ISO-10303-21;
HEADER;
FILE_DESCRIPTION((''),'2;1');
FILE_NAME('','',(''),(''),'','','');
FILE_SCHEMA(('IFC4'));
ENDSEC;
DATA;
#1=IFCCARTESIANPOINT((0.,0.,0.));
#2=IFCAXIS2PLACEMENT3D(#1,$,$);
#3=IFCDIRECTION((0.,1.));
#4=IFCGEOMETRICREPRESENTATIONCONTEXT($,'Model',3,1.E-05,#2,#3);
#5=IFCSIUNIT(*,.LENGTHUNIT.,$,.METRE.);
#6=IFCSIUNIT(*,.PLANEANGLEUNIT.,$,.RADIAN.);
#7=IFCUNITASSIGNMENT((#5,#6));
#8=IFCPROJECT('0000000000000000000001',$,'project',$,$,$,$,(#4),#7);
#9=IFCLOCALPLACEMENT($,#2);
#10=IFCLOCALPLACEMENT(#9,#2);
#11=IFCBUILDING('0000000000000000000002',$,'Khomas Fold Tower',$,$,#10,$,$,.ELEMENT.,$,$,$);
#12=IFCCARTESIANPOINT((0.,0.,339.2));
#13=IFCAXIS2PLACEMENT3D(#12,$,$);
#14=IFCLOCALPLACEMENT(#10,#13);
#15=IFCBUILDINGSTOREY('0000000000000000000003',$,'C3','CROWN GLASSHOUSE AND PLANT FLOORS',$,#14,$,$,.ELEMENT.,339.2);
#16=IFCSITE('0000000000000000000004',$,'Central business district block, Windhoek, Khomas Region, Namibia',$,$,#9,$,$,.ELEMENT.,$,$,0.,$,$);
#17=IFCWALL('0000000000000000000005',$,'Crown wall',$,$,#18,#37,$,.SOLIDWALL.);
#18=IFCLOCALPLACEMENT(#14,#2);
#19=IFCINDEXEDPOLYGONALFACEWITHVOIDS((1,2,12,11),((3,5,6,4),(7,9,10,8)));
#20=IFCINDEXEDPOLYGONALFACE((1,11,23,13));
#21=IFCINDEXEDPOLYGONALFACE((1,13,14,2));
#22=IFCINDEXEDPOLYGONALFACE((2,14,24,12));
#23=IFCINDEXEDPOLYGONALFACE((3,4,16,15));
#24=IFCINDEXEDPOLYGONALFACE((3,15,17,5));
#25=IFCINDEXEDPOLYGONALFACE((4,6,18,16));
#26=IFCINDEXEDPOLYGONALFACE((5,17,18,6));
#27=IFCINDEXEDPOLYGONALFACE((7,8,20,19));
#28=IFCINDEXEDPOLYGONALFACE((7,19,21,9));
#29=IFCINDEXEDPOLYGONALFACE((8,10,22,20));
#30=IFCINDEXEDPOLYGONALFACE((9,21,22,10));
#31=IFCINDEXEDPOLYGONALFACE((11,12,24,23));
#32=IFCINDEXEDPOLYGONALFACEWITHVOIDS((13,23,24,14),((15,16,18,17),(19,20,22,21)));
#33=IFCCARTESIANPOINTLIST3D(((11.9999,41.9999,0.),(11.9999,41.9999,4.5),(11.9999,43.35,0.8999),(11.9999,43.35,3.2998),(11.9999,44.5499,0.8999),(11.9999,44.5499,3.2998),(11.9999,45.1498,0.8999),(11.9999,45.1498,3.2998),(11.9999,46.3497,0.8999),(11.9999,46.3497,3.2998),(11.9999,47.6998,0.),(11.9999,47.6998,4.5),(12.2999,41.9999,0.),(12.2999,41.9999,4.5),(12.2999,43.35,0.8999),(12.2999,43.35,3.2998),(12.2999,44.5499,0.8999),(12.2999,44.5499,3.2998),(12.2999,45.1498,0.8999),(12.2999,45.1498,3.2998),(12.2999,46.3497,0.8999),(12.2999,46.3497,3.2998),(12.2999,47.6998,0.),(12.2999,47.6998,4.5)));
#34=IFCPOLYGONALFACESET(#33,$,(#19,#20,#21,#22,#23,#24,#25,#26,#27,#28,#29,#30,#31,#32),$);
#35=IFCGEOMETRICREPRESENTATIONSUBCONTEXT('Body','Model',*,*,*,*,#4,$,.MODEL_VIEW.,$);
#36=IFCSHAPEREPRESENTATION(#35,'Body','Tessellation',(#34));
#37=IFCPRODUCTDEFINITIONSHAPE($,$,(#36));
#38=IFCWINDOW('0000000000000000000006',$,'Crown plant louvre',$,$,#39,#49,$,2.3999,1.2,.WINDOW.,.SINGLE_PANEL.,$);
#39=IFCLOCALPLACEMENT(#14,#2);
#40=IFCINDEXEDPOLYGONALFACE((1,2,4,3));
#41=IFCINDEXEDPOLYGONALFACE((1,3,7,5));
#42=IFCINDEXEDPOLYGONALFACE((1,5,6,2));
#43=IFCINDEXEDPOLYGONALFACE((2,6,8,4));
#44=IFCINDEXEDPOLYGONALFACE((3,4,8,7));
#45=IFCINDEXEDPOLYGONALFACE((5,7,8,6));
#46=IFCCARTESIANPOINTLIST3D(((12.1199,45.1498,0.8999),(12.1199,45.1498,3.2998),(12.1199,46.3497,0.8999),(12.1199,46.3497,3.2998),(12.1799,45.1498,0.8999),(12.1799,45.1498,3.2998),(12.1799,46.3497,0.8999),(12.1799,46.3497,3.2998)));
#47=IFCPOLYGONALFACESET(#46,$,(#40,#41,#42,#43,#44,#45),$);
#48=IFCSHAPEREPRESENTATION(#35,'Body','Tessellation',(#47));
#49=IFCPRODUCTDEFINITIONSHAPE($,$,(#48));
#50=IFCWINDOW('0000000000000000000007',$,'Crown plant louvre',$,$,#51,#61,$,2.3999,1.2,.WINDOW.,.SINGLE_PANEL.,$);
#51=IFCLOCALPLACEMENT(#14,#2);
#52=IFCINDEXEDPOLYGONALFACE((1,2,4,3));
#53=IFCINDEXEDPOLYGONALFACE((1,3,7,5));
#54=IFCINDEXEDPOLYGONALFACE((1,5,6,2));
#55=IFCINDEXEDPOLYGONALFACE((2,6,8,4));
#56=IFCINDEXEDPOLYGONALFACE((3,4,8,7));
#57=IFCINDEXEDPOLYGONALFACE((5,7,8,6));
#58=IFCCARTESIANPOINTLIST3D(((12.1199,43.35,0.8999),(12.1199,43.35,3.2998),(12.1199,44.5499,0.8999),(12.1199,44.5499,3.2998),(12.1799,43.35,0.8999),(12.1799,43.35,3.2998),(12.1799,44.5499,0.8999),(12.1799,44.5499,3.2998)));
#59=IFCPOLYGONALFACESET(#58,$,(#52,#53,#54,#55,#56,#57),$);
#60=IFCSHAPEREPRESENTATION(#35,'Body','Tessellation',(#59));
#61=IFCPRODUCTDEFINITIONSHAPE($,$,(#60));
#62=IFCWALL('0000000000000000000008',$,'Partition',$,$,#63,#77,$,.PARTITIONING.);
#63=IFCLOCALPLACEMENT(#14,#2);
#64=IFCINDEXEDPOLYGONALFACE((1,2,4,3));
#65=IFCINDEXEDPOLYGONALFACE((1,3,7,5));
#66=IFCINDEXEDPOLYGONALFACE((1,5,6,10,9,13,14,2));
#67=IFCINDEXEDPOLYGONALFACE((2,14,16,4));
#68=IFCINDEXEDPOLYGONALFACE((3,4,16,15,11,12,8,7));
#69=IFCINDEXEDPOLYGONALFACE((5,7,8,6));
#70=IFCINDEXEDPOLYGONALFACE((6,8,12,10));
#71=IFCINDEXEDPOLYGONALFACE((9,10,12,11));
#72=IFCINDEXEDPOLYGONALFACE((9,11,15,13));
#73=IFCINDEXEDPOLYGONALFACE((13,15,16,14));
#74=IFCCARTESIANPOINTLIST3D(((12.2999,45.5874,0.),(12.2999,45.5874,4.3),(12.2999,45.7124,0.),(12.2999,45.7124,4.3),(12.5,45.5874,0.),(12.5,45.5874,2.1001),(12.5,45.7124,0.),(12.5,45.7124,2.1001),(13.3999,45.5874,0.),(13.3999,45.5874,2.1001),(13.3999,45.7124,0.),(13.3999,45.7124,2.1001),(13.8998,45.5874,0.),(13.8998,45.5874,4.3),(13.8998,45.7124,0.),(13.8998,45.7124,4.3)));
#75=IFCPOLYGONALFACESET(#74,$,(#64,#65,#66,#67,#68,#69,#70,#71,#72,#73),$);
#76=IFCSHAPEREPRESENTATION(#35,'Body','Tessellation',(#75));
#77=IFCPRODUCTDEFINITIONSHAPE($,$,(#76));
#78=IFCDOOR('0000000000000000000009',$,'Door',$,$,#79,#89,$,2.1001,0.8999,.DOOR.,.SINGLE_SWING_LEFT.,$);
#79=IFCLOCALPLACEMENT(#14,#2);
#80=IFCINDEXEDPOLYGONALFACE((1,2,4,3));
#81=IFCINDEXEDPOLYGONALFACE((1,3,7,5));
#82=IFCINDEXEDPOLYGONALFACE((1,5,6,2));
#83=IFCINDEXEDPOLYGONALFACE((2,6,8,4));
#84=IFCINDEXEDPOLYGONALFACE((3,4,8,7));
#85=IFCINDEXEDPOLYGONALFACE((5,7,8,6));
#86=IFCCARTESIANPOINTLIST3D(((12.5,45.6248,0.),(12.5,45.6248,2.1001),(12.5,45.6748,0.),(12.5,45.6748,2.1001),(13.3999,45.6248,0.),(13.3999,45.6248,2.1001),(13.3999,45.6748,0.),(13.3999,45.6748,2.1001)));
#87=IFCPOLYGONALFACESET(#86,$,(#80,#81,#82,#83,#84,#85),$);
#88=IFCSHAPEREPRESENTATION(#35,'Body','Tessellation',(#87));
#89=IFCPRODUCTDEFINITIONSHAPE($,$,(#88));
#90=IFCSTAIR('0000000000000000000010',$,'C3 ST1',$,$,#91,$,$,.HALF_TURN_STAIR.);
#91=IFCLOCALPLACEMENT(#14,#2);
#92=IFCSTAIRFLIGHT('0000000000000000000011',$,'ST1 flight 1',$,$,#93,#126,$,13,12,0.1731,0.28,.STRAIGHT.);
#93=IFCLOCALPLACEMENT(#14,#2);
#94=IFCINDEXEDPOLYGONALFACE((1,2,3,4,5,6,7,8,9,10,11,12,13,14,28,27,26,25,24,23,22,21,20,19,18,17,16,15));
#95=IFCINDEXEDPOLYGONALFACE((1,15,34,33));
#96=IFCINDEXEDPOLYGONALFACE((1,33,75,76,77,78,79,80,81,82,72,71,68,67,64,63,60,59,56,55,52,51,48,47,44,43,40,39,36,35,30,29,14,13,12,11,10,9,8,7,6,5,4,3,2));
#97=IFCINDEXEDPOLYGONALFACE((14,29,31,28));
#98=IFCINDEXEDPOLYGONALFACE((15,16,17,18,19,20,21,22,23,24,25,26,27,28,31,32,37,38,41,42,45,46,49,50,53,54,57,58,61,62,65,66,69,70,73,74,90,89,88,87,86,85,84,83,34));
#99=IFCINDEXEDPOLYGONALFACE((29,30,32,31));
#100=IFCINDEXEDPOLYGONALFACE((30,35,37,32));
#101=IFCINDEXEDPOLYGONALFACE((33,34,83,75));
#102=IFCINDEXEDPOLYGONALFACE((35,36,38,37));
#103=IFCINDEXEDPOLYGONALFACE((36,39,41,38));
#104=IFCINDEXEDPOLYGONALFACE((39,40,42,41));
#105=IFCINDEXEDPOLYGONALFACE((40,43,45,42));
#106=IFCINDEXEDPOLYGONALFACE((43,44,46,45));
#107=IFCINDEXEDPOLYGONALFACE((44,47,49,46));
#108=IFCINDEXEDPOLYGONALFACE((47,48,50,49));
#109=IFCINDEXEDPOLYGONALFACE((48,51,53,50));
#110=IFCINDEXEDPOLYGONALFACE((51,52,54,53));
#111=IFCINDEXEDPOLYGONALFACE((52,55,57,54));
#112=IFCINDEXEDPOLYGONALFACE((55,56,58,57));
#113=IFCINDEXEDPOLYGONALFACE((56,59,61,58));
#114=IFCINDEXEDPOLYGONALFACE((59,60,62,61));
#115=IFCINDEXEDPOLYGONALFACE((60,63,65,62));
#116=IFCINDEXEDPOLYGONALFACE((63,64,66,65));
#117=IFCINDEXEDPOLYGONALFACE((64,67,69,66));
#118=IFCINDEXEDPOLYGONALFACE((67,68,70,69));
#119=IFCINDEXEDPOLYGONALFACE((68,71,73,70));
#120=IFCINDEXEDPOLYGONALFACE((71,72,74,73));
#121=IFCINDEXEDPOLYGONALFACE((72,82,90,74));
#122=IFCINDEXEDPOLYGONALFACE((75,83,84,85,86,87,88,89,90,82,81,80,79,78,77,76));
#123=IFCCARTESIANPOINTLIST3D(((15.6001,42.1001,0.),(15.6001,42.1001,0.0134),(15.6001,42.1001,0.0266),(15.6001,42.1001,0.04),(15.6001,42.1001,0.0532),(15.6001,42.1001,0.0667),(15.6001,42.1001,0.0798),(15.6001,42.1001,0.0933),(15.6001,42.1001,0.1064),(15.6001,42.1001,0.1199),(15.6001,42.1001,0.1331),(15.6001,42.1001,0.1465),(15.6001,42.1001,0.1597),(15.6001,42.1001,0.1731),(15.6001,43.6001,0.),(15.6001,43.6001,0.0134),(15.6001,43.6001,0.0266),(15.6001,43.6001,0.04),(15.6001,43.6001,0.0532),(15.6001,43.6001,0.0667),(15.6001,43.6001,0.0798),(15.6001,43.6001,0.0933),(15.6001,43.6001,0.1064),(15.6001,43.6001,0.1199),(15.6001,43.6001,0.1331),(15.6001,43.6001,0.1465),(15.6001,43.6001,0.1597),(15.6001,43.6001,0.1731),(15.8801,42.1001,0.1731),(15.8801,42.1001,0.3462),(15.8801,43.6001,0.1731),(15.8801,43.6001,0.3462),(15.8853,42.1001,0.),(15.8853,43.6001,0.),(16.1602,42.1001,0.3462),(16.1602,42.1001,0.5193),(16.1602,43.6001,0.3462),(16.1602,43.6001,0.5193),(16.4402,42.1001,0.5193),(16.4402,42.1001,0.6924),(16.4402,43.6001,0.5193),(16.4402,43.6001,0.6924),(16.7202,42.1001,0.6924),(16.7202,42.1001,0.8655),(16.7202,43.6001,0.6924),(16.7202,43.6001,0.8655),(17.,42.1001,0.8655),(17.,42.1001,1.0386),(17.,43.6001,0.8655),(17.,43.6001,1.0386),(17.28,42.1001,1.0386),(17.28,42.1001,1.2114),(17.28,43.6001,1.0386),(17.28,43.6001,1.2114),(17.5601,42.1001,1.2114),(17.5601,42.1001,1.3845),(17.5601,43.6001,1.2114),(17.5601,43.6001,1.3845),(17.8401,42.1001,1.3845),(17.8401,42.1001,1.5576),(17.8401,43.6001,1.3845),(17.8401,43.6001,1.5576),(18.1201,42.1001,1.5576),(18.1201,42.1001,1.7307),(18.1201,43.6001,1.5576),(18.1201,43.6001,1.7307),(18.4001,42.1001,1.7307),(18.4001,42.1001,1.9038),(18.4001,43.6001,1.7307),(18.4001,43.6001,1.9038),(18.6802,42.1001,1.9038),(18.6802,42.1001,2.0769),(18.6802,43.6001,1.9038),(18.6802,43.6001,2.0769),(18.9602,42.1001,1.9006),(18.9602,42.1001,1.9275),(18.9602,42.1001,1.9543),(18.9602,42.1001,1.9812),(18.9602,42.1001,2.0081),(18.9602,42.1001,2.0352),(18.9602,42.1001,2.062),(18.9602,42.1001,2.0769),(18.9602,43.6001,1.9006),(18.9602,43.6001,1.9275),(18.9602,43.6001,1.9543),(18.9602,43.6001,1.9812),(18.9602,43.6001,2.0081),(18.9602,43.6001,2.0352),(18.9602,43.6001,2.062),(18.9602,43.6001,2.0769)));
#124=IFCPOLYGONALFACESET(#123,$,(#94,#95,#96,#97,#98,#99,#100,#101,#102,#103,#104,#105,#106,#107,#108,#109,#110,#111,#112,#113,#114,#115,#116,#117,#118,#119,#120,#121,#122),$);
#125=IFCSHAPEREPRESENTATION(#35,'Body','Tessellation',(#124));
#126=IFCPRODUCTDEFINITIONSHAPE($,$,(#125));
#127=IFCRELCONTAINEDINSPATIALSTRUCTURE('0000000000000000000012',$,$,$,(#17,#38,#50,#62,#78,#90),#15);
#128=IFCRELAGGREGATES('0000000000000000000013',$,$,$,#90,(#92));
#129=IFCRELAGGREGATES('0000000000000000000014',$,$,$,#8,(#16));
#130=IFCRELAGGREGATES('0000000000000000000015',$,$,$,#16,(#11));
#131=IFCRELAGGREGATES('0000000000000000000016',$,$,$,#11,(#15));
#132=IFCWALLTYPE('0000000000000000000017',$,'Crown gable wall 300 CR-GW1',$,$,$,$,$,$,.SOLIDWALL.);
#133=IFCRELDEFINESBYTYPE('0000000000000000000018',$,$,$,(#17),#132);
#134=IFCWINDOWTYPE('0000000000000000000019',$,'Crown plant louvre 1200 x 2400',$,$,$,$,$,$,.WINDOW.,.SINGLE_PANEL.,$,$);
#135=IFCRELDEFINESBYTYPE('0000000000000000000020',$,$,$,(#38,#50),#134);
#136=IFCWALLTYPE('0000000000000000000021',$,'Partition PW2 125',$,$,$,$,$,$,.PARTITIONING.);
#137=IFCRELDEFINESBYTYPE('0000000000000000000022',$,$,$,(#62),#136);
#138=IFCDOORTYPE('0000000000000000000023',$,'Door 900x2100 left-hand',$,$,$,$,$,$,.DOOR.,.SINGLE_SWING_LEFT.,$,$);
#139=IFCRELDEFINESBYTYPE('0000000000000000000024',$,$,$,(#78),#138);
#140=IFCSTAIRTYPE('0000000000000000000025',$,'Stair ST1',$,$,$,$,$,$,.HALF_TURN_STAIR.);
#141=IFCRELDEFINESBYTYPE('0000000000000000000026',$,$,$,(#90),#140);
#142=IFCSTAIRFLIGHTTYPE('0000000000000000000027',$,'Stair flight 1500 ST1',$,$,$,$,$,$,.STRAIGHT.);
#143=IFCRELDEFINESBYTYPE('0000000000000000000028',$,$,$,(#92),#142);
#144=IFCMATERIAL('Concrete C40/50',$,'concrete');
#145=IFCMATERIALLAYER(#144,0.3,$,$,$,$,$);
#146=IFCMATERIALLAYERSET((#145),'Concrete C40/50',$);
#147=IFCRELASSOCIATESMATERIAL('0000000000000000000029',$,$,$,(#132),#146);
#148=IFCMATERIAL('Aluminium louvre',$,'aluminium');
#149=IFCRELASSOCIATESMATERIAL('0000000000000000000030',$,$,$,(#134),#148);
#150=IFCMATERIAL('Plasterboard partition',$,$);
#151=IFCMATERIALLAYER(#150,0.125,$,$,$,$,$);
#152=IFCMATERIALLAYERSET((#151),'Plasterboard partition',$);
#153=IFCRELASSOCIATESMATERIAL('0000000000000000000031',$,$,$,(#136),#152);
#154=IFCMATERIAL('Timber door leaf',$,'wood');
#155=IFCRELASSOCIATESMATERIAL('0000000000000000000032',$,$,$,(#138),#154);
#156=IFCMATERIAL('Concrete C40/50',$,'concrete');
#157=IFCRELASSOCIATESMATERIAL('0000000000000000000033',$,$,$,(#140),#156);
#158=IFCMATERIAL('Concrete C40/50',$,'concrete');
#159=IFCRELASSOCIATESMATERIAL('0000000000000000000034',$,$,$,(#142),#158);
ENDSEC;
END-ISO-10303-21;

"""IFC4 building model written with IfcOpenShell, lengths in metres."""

from ifc_helpers import new_model, si_unit, direction, frame, frame_2d, origin, place, context, subcontext, project, spatial, polyline, rectangle, outline, extrude, source, transform, mapped, material, layer, layer_set, type_object, element, fill, aggregate, save


model = new_model("IFC4")

# Units and contexts
model_context = context("Model", 3, precision=1e-05, world=origin(), true_north=direction((0.0, 1.0)))
body_context = subcontext(model_context, "Body", "Model", "MODEL_VIEW")
ifc_project = project(units=[si_unit("LENGTHUNIT", "METRE"), si_unit("PLANEANGLEUNIT", "RADIAN")], contexts=[model_context])

# Site, building, storey
site_placement = place(None, origin())
site = spatial("IfcSite", under=ifc_project, at=site_placement, Name="Central business district block, Windhoek, Khomas Region, Namibia", CompositionType="ELEMENT", RefElevation=0.0)
building_placement = place(site_placement, origin())
building = spatial("IfcBuilding", under=site, at=building_placement, Name="Khomas Fold Tower", CompositionType="ELEMENT")
storey_placement = place(building_placement, frame((0.0, 0.0, 339.2)))
storey = spatial("IfcBuildingStorey", under=building, at=storey_placement, Name="C3", Description="CROWN GLASSHOUSE AND PLANT FLOORS", CompositionType="ELEMENT", Elevation=339.2)

# Wall, openings, windows
ifc_material_1 = material(Name="Concrete C40/50", Category="concrete")
ifc_layer_1 = layer(ifc_material_1, 0.3)
ifc_layer_set_1 = layer_set([ifc_layer_1], Name="Concrete C40/50")
wall_type_1 = type_object("IfcWallType", Name="Crown gable wall 300 CR-GW1", PredefinedType="SOLIDWALL", material=ifc_layer_set_1)
shared_shape_1 = source(origin(), body_context, "Body", "SweptSolid", [
    extrude(rectangle(XDim=5.7, YDim=0.3, at=frame_2d((2.8501, 0.0))), origin(), (0.0, 0.0, 1.0), 4.5),
])
wall_1_placement = place(storey_placement, frame((12.1499, 47.7, 0.0), z_axis=(0.0, 0.0, 1.0), x_axis=(0.0, -1.0, 0.0)))
wall_1 = element("IfcWall", 1, at=wall_1_placement, inside=storey, type_object=wall_type_1, Name="Crown wall", PredefinedType="SOLIDWALL", context=body_context, shape_type="MappedRepresentation", body=[
    mapped(shared_shape_1, transform((0.0, 0.0, 0.0))),
])
shared_shape_2 = source(origin(), body_context, "Body", "SweptSolid", [
    extrude(rectangle(XDim=1.2, YDim=2.3999, at=frame_2d((0.6001, 1.2))), frame((0.0, 0.1599, 0.0), z_axis=(0.0, -1.0, 0.0), x_axis=(1.0, 0.0, 0.0)), (0.0, 0.0, 1.0), 0.3201),
])
opening_1_placement = place(wall_1_placement, frame((1.3501, 0.0, 0.8999)))
opening_1 = element("IfcOpeningElement", 2, at=opening_1_placement, cuts=wall_1, PredefinedType="OPENING", context=body_context, shape_type="MappedRepresentation", body=[
    mapped(shared_shape_2, transform((0.0, 0.0, 0.0))),
])
opening_2_placement = place(wall_1_placement, frame((3.1499, 0.0, 0.8999)))
opening_2 = element("IfcOpeningElement", 3, at=opening_2_placement, cuts=wall_1, PredefinedType="OPENING", context=body_context, shape_type="MappedRepresentation", body=[
    mapped(shared_shape_2, transform((0.0, 0.0, 0.0))),
])
ifc_material_2 = material(Name="Aluminium louvre", Category="aluminium")
window_type = type_object("IfcWindowType", Name="Crown plant louvre 1200 x 2400", PartitioningType="SINGLE_PANEL", PredefinedType="WINDOW", material=ifc_material_2)
shared_shape_3 = source(origin(), body_context, "Body", "SweptSolid", [
    extrude(rectangle(XDim=1.2, YDim=2.3999, at=frame_2d((0.6001, 1.2))), frame((0.0, 0.03, 0.0), z_axis=(0.0, -1.0, 0.0), x_axis=(1.0, 0.0, 0.0)), (0.0, 0.0, 1.0), 0.0601),
])
window_1_placement = place(opening_1_placement, origin())
window_1 = element("IfcWindow", 4, at=window_1_placement, inside=storey, type_object=window_type, Name="Crown plant louvre", OverallHeight=2.3999, OverallWidth=1.2, PartitioningType="SINGLE_PANEL", PredefinedType="WINDOW", context=body_context, shape_type="MappedRepresentation", body=[
    mapped(shared_shape_3, transform((0.0, 0.0, 0.0))),
])
fill(opening_1, window_1)
window_2_placement = place(opening_2_placement, origin())
window_2 = element("IfcWindow", 5, at=window_2_placement, inside=storey, type_object=window_type, Name="Crown plant louvre", OverallHeight=2.3999, OverallWidth=1.2, PartitioningType="SINGLE_PANEL", PredefinedType="WINDOW", context=body_context, shape_type="MappedRepresentation", body=[
    mapped(shared_shape_3, transform((0.0, 0.0, 0.0))),
])
fill(opening_2, window_2)

# Wall, opening, door
ifc_material_3 = material(Name="Plasterboard partition")
ifc_layer_2 = layer(ifc_material_3, 0.125)
ifc_layer_set_2 = layer_set([ifc_layer_2], Name="Plasterboard partition")
wall_type_2 = type_object("IfcWallType", Name="Partition PW2 125", PredefinedType="PARTITIONING", material=ifc_layer_set_2)
shared_shape_4 = source(origin(), body_context, "Body", "SweptSolid", [
    extrude(rectangle(XDim=1.5999, YDim=0.125, at=frame_2d((0.7998, 0.0))), origin(), (0.0, 0.0, 1.0), 4.3),
])
wall_2_placement = place(storey_placement, frame((12.3, 45.6499, 0.0), z_axis=(0.0, 0.0, 1.0), x_axis=(1.0, 0.0, 0.0)))
wall_2 = element("IfcWall", 6, at=wall_2_placement, inside=storey, type_object=wall_type_2, Name="Partition", PredefinedType="PARTITIONING", context=body_context, shape_type="MappedRepresentation", body=[
    mapped(shared_shape_4, transform((0.0, 0.0, 0.0))),
])
shared_shape_5 = source(origin(), body_context, "Body", "SweptSolid", [
    extrude(rectangle(XDim=0.8999, YDim=2.1001, at=frame_2d((0.45, 1.05))), frame((0.0, 0.0725, 0.0), z_axis=(0.0, -1.0, 0.0), x_axis=(1.0, 0.0, 0.0)), (0.0, 0.0, 1.0), 0.145),
])
opening_3_placement = place(wall_2_placement, frame((0.2, 0.0, 0.0)))
opening_3 = element("IfcOpeningElement", 7, at=opening_3_placement, cuts=wall_2, PredefinedType="OPENING", context=body_context, shape_type="MappedRepresentation", body=[
    mapped(shared_shape_5, transform((0.0, 0.0, 0.0))),
])
ifc_material_4 = material(Name="Timber door leaf", Category="wood")
door_type_1 = type_object("IfcDoorType", Name="Door 900x2100 left-hand", OperationType="SINGLE_SWING_LEFT", PredefinedType="DOOR", material=ifc_material_4)
shared_shape_6 = source(origin(), body_context, "Body", "SweptSolid", [
    extrude(rectangle(XDim=0.8999, YDim=2.1001, at=frame_2d((0.45, 1.05))), frame((0.0, 0.0249, 0.0), z_axis=(0.0, -1.0, 0.0), x_axis=(1.0, 0.0, 0.0)), (0.0, 0.0, 1.0), 0.05),
])
door_1_placement = place(opening_3_placement, origin())
door_1 = element("IfcDoor", 8, at=door_1_placement, inside=storey, type_object=door_type_1, Name="Door", OperationType="SINGLE_SWING_LEFT", OverallHeight=2.1001, OverallWidth=0.8999, PredefinedType="DOOR", context=body_context, shape_type="MappedRepresentation", body=[
    mapped(shared_shape_6, transform((0.0, 0.0, 0.0))),
])
fill(opening_3, door_1)

# Stair, stair flight
ifc_material_5 = material(Name="Concrete C40/50", Category="concrete")
stair_type = type_object("IfcStairType", Name="Stair ST1", PredefinedType="HALF_TURN_STAIR", material=ifc_material_5)
stair_placement = place(storey_placement, origin())
stair = element("IfcStair", 9, at=stair_placement, inside=storey, type_object=stair_type, Name="C3 ST1", PredefinedType="HALF_TURN_STAIR")
ifc_material_6 = material(Name="Concrete C40/50", Category="concrete")
stair_flight_type = type_object("IfcStairFlightType", Name="Stair flight 1500 ST1", PredefinedType="STRAIGHT", material=ifc_material_6)
shared_shape_7 = source(origin(), body_context, "Body", "SweptSolid", [
    extrude(outline(polyline([(0.0, 0.0), (0.0, 0.0134), (0.0, 0.0266), (0.0, 0.04), (0.0, 0.0532), (0.0, 0.0667), (0.0, 0.0798), (0.0, 0.0933), (0.0, 0.1064), (0.0, 0.1199), (0.0, 0.1331), (0.0, 0.1465), (0.0, 0.1597), (0.0, 0.1731), (0.28, 0.1731), (0.28, 0.3462), (0.5601, 0.3462), (0.5601, 0.5193), (0.8401, 0.5193), (0.8401, 0.6924), (1.1201, 0.6924), (1.1201, 0.8655), (1.3999, 0.8655), (1.3999, 1.0386), (1.6799, 1.0386), (1.6799, 1.2114), (1.96, 1.2114), (1.96, 1.3845), (2.24, 1.3845), (2.24, 1.5576), (2.52, 1.5576), (2.52, 1.7307), (2.8, 1.7307), (2.8, 1.9038), (3.0801, 1.9038), (3.0801, 2.0769), (3.3601, 2.0769), (3.3601, 2.25), (3.3601, 2.2231), (3.3601, 2.1963), (3.3601, 2.1694), (3.3601, 2.1426), (3.3601, 2.1157), (3.3601, 2.0889), (3.3601, 2.062), (3.3601, 2.0352), (3.3601, 2.0081), (3.3601, 1.9812), (3.3601, 1.9543), (3.3601, 1.9275), (3.3601, 1.9006), (0.2852, 0.0), (0.0, 0.0)])), frame((0.0, 0.75, 0.0), z_axis=(0.0, -1.0, 0.0), x_axis=(1.0, 0.0, 0.0)), (0.0, 0.0, 1.0), 1.5),
])
stair_flight_1_placement = place(storey_placement, frame((15.6001, 42.8501, 0.0), z_axis=(0.0, 0.0, 1.0), x_axis=(1.0, 0.0, 0.0)))
stair_flight_1 = element("IfcStairFlight", 10, at=stair_flight_1_placement, type_object=stair_flight_type, Name="ST1 flight 1", NumberOfRisers=13, NumberOfTreads=12, PredefinedType="STRAIGHT", RiserHeight=0.1731, TreadLength=0.28, context=body_context, shape_type="MappedRepresentation", body=[
    mapped(shared_shape_7, transform((0.0, 0.0, 0.0))),
])
aggregate(stair, [stair_flight_1])

save(model, "model.ifc")
